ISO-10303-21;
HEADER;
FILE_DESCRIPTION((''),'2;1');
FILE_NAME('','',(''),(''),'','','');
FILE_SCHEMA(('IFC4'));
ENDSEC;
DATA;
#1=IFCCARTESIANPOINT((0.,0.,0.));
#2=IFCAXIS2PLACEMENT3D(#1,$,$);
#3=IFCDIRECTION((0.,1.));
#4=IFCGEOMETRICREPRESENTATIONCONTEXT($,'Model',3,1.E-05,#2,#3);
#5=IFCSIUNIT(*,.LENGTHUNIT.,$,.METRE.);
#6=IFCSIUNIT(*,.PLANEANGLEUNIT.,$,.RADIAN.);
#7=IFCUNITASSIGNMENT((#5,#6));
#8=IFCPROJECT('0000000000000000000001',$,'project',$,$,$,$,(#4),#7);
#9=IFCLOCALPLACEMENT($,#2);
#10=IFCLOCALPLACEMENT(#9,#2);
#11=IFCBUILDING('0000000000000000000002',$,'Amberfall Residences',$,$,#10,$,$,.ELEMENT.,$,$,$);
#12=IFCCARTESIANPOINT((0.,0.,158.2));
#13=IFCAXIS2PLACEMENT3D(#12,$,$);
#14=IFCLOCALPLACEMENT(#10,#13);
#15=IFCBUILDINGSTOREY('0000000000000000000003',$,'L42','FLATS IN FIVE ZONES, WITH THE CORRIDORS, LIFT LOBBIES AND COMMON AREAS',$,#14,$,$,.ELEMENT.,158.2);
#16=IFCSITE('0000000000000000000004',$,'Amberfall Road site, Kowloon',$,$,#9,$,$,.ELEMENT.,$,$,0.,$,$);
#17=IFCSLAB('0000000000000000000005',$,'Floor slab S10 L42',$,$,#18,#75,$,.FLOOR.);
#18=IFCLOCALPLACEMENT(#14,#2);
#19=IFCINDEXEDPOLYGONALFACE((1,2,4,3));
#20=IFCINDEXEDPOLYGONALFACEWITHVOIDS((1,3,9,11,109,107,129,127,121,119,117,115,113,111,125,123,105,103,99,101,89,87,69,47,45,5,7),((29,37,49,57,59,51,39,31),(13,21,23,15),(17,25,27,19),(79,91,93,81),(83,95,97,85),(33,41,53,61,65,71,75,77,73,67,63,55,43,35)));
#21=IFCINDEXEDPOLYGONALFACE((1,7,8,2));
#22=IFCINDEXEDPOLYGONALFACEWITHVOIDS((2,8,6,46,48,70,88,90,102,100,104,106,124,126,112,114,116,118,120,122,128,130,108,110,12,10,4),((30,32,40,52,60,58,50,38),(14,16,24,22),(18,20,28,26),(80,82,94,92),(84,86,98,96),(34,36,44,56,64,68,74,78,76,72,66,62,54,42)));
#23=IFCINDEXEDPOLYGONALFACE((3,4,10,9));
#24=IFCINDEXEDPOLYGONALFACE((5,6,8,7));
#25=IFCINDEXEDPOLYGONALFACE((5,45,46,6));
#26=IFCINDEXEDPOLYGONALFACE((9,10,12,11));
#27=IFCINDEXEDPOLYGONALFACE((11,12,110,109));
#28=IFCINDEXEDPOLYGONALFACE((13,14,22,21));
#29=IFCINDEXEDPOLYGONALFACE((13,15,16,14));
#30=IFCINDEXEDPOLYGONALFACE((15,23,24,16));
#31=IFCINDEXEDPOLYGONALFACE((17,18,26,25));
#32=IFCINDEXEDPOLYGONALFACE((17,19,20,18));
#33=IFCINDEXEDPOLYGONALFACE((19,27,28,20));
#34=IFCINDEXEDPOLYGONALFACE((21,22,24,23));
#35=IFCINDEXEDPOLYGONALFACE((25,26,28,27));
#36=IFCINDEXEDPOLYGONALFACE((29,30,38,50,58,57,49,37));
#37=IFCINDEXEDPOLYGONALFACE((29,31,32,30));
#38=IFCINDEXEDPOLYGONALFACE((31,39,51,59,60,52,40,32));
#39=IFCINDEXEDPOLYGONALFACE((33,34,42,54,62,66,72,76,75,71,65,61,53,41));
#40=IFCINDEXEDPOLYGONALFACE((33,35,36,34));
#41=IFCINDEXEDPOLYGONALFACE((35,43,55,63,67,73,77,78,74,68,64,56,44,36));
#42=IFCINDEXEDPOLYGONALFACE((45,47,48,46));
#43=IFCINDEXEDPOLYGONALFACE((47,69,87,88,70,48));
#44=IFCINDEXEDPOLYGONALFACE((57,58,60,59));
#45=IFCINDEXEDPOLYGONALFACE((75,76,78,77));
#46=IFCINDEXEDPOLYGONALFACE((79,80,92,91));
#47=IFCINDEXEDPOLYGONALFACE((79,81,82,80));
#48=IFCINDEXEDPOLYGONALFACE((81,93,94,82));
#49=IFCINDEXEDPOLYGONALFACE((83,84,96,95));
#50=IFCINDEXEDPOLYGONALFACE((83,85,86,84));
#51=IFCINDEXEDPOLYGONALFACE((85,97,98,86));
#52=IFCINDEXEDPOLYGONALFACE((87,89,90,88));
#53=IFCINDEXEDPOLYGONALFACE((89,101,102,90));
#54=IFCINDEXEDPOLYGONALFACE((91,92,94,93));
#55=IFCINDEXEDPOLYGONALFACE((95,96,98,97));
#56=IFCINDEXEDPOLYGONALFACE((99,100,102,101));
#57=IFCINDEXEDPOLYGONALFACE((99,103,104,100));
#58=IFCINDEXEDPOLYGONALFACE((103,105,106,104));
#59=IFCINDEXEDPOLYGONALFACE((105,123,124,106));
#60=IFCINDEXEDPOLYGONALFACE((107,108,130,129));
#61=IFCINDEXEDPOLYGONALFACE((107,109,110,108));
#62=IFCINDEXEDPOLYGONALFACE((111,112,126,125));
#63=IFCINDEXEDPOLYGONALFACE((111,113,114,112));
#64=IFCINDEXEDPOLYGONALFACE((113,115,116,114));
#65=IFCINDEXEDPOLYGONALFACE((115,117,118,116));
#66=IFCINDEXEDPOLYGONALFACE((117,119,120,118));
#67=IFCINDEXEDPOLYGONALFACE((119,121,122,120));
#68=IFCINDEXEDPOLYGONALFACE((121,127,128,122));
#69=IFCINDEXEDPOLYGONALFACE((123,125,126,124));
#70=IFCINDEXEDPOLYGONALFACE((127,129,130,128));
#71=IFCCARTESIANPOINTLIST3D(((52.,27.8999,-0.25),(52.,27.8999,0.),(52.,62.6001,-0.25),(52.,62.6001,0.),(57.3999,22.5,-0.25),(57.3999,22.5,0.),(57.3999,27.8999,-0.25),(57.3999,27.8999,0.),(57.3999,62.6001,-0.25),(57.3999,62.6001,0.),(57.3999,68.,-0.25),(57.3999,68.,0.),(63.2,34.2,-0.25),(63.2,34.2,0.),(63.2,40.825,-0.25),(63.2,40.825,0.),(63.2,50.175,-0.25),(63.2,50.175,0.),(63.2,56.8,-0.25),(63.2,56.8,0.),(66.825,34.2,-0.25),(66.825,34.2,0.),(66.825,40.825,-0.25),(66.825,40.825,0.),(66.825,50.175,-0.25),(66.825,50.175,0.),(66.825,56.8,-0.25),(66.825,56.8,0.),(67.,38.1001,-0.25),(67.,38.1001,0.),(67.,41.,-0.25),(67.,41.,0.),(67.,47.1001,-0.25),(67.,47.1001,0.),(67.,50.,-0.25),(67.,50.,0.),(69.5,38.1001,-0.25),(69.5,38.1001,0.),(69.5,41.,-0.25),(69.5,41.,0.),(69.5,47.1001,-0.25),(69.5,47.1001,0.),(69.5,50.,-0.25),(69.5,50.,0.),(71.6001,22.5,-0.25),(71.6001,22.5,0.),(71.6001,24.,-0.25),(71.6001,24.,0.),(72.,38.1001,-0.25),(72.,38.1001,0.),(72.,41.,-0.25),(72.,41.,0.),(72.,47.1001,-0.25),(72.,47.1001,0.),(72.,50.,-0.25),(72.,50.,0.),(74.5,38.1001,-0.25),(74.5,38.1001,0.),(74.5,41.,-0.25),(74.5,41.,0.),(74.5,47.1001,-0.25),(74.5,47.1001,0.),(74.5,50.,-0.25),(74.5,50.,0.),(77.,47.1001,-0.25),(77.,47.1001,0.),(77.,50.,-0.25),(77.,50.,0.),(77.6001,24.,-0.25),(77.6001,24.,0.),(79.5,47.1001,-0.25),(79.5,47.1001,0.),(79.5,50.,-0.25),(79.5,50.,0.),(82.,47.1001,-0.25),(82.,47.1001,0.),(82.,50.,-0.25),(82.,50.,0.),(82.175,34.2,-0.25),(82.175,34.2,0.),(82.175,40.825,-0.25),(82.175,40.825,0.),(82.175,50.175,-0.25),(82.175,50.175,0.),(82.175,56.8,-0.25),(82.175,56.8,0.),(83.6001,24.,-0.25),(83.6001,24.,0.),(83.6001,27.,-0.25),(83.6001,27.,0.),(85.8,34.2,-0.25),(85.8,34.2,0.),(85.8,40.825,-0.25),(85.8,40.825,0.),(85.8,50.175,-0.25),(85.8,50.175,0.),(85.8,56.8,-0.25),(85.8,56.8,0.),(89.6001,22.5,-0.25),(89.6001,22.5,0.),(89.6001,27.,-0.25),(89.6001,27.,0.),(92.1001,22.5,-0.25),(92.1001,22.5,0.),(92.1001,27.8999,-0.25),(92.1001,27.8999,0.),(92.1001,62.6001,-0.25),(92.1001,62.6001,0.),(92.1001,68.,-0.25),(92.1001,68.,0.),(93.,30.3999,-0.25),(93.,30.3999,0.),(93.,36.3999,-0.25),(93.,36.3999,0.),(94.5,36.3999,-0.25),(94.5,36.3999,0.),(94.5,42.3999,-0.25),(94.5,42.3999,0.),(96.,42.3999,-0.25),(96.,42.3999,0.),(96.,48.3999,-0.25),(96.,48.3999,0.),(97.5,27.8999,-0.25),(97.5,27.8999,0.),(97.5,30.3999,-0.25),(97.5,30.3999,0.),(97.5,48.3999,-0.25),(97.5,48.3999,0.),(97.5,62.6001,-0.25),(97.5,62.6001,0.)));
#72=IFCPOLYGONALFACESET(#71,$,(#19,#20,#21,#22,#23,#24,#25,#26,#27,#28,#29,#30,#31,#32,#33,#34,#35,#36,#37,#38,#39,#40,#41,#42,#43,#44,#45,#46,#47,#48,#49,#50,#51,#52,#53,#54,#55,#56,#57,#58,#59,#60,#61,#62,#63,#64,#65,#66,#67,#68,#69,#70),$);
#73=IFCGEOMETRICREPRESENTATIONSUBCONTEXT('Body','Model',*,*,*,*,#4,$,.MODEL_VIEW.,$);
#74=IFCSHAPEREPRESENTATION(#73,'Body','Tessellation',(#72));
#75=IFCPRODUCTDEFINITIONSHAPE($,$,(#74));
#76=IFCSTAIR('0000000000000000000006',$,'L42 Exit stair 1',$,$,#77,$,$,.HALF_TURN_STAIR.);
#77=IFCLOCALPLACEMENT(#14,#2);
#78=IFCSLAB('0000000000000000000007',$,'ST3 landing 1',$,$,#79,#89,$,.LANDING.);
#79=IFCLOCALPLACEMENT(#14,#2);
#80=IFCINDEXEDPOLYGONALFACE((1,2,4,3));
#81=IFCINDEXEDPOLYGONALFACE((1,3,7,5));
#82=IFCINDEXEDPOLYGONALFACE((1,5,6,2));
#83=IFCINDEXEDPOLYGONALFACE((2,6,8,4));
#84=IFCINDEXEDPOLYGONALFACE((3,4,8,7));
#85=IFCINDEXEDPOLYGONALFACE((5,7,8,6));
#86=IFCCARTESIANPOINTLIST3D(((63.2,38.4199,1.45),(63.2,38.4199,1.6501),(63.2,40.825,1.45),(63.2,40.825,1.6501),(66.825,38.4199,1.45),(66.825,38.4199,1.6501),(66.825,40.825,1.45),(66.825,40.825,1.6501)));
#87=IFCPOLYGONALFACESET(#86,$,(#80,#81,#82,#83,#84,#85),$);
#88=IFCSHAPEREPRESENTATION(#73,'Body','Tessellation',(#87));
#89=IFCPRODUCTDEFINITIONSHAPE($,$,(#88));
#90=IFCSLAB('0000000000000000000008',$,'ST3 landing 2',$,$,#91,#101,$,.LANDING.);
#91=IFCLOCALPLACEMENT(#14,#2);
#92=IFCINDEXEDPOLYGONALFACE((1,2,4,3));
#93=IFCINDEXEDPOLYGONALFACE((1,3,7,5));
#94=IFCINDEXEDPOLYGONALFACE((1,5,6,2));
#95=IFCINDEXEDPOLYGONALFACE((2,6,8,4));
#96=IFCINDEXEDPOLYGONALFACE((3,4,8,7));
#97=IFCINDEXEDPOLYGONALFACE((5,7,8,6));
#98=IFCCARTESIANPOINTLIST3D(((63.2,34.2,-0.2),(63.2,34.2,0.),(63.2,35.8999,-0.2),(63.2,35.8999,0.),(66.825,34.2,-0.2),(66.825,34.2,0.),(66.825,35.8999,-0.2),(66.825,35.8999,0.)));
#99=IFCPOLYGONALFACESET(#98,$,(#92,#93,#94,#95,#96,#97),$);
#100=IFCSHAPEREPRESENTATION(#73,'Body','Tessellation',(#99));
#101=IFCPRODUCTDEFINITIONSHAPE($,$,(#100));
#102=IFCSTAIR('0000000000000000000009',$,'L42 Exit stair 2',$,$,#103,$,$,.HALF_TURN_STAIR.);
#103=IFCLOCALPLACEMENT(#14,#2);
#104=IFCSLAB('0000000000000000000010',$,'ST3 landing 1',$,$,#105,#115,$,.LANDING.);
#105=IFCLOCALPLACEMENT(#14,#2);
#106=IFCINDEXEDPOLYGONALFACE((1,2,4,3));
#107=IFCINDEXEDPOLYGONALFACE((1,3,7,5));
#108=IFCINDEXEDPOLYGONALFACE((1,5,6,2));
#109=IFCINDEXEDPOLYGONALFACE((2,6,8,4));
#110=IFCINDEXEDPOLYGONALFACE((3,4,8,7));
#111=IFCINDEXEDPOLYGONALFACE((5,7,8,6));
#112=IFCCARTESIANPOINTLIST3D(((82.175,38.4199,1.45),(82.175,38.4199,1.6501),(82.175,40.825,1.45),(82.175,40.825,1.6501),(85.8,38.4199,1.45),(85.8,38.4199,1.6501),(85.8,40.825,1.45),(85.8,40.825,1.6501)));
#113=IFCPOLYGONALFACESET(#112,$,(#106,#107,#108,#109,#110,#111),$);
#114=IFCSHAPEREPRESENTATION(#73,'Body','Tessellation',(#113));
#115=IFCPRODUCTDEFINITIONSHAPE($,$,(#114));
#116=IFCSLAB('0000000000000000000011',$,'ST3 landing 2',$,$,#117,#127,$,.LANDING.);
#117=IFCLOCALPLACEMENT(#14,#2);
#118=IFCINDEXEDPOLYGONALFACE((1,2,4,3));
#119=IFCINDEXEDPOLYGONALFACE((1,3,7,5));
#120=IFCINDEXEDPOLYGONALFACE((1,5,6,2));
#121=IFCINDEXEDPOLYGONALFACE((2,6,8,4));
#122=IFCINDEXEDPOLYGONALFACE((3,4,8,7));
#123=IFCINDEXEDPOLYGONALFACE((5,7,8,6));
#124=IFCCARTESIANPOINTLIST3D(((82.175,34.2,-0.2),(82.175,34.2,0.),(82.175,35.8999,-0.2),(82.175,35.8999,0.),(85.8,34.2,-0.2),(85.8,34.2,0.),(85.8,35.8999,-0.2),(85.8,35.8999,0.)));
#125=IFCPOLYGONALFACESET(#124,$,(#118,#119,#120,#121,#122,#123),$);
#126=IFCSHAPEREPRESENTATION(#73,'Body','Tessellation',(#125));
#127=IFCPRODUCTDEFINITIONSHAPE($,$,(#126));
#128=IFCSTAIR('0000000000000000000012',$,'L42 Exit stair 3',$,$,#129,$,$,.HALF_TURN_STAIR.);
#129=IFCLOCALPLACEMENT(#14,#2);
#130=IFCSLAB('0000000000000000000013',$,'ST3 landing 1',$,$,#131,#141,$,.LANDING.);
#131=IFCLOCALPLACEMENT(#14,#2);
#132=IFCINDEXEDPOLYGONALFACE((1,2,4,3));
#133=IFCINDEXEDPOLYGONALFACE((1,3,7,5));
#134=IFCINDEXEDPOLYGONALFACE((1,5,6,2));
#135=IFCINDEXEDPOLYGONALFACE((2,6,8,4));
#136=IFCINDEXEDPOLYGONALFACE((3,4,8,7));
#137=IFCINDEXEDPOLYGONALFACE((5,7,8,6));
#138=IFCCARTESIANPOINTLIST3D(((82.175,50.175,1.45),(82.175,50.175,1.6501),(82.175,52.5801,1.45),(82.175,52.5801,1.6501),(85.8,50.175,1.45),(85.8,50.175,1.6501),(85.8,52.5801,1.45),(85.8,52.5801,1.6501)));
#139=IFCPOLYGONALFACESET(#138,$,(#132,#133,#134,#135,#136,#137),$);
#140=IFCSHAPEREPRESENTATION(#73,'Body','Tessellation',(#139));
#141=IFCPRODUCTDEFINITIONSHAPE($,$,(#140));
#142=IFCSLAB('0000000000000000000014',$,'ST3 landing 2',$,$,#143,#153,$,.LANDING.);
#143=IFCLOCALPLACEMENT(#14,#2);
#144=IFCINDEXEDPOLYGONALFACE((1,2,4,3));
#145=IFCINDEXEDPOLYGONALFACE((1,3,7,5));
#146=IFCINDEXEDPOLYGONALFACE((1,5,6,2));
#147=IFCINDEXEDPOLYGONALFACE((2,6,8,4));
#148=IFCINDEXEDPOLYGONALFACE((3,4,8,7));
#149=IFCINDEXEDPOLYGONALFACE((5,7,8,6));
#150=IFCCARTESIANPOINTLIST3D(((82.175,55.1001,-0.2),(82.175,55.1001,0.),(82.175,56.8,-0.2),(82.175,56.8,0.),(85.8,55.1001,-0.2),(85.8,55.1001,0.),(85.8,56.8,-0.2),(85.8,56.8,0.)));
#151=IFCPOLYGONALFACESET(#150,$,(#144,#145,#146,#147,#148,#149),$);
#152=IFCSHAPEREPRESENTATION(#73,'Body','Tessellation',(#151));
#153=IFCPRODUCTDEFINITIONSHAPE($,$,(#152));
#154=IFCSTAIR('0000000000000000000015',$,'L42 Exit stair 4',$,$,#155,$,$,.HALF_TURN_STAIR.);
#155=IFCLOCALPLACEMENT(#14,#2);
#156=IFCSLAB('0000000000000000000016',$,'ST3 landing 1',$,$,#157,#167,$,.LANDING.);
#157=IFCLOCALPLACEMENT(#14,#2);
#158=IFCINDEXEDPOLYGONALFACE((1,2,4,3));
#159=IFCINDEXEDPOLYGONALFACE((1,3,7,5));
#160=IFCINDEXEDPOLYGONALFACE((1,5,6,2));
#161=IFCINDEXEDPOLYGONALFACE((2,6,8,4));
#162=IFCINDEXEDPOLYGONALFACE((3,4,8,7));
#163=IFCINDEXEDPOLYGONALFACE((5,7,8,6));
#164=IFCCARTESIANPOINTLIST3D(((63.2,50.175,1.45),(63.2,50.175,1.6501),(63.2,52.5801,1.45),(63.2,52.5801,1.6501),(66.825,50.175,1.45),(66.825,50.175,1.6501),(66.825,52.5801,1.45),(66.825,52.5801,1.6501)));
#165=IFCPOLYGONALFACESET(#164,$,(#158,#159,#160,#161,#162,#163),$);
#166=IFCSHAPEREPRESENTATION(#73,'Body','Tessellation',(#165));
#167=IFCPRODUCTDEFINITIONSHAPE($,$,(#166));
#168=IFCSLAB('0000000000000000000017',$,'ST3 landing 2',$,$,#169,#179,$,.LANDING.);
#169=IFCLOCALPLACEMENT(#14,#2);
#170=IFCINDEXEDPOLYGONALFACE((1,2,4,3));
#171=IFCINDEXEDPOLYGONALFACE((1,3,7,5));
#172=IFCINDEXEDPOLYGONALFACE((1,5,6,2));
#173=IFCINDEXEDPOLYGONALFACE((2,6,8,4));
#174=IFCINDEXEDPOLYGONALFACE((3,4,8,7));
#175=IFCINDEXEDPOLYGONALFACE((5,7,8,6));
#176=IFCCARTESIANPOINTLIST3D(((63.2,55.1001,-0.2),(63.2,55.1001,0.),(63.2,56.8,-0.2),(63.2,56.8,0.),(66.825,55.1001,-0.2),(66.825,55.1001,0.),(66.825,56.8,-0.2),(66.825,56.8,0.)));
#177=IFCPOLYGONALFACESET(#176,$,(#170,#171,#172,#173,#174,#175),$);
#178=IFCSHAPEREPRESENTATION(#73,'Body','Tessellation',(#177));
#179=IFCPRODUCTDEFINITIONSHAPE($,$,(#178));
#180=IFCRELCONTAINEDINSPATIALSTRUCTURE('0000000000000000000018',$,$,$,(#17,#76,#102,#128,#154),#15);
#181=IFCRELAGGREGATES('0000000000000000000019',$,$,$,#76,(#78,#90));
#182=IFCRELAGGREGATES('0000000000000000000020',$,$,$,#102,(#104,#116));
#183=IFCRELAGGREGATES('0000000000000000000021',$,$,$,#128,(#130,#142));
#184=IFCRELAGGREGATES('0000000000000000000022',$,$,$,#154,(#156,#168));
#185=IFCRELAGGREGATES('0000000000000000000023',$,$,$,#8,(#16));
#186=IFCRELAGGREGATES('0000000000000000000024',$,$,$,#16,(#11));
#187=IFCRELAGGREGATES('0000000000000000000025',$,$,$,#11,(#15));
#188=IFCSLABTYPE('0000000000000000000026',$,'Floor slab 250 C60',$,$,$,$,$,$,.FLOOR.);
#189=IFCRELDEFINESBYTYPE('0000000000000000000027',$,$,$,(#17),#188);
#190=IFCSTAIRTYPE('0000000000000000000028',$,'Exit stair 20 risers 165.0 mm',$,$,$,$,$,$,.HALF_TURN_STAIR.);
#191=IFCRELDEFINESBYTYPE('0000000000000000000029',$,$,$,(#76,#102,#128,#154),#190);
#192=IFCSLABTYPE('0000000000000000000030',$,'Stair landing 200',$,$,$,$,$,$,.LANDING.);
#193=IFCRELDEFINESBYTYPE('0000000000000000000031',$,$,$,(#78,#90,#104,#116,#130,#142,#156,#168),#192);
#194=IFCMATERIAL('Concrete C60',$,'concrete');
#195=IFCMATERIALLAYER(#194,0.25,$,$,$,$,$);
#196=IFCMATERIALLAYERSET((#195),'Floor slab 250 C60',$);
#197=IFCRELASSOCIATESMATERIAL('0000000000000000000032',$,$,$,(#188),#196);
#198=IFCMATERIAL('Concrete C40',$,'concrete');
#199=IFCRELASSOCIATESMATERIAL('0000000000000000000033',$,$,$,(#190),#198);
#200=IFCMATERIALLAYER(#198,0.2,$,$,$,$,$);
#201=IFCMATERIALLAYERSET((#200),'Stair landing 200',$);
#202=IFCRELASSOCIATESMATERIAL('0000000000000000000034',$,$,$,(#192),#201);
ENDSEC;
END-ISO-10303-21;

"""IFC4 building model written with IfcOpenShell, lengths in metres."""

from ifc_helpers import new_model, si_unit, direction, frame, origin, place, context, subcontext, project, spatial, polyline, outline, extrude, material, layer, layer_set, type_object, element, aggregate, save


model = new_model("IFC4")

# Units and contexts
model_context = context("Model", 3, precision=1e-05, world=origin(), true_north=direction((0.0, 1.0)))
body_context = subcontext(model_context, "Body", "Model", "MODEL_VIEW")
ifc_project = project(units=[si_unit("LENGTHUNIT", "METRE"), si_unit("PLANEANGLEUNIT", "RADIAN")], contexts=[model_context])

# Site, building, storey
site_placement = place(None, origin())
site = spatial("IfcSite", under=ifc_project, at=site_placement, Name="Amberfall Road site, Kowloon", CompositionType="ELEMENT", RefElevation=0.0)
building_placement = place(site_placement, origin())
building = spatial("IfcBuilding", under=site, at=building_placement, Name="Amberfall Residences", CompositionType="ELEMENT")
storey_placement = place(building_placement, frame((0.0, 0.0, 158.2)))
storey = spatial("IfcBuildingStorey", under=building, at=storey_placement, Name="L42", Description="FLATS IN FIVE ZONES, WITH THE CORRIDORS, LIFT LOBBIES AND COMMON AREAS", CompositionType="ELEMENT", Elevation=158.2)

# Shared definitions
ifc_material_1 = material(Name="Concrete C60", Category="concrete")

# Slab
ifc_layer_1 = layer(ifc_material_1, 0.25)
ifc_layer_set_1 = layer_set([ifc_layer_1], Name="Floor slab 250 C60")
slab_type_1 = type_object("IfcSlabType", Name="Floor slab 250 C60", PredefinedType="FLOOR", material=ifc_layer_set_1)
slab_1_placement = place(storey_placement, frame((0.0, 0.0, -0.25)))
element("IfcSlab", 1, at=slab_1_placement, inside=storey, type_object=slab_type_1, Name="Floor slab S10 L42", PredefinedType="FLOOR", context=body_context, shape_type="SweptSolid", body=[
    extrude(outline(polyline([(89.6001, 22.5), (89.6001, 27.0), (83.6001, 27.0), (83.6001, 24.0), (77.6001, 24.0), (71.6001, 24.0), (71.6001, 22.5), (57.3999, 22.5), (57.3999, 27.8999), (52.0, 27.8999), (52.0, 62.6001), (57.3999, 62.6001), (57.3999, 68.0), (92.1001, 68.0), (92.1001, 62.6001), (97.5, 62.6001), (97.5, 48.3999), (96.0, 48.3999), (96.0, 42.3999), (94.5, 42.3999), (94.5, 36.3999), (93.0, 36.3999), (93.0, 30.3999), (97.5, 30.3999), (97.5, 27.8999), (92.1001, 27.8999), (92.1001, 22.5), (89.6001, 22.5)]), holes=[polyline([(85.8, 34.2), (85.8, 40.825), (82.175, 40.825), (82.175, 34.2), (85.8, 34.2)]), polyline([(85.8, 50.175), (85.8, 56.8), (82.175, 56.8), (82.175, 50.175), (85.8, 50.175)]), polyline([(67.0, 50.0), (67.0, 47.1001), (69.5, 47.1001), (72.0, 47.1001), (74.5, 47.1001), (77.0, 47.1001), (79.5, 47.1001), (82.0, 47.1001), (82.0, 50.0), (79.5, 50.0), (77.0, 50.0), (74.5, 50.0), (72.0, 50.0), (69.5, 50.0), (67.0, 50.0)]), polyline([(69.5, 41.0), (67.0, 41.0), (67.0, 38.1001), (69.5, 38.1001), (72.0, 38.1001), (74.5, 38.1001), (74.5, 41.0), (72.0, 41.0), (69.5, 41.0)]), polyline([(66.825, 40.825), (63.2, 40.825), (63.2, 34.2), (66.825, 34.2), (66.825, 40.825)]), polyline([(66.825, 56.8), (63.2, 56.8), (63.2, 50.175), (66.825, 50.175), (66.825, 56.8)])]), origin(), (0.0, 0.0, 1.0), 0.25),
])

# Stairs, slabs
ifc_material_2 = material(Name="Concrete C40", Category="concrete")
stair_type = type_object("IfcStairType", Name="Exit stair 20 risers 165.0 mm", PredefinedType="HALF_TURN_STAIR", material=ifc_material_2)
stair_1_placement = place(storey_placement, origin())
stair_1 = element("IfcStair", 2, at=stair_1_placement, inside=storey, type_object=stair_type, Name="L42 Exit stair 1", PredefinedType="HALF_TURN_STAIR")
ifc_layer_2 = layer(ifc_material_2, 0.2)
ifc_layer_set_2 = layer_set([ifc_layer_2], Name="Stair landing 200")
slab_type_2 = type_object("IfcSlabType", Name="Stair landing 200", PredefinedType="LANDING", material=ifc_layer_set_2)
slab_2_placement = place(storey_placement, frame((0.0, 0.0, 1.45)))
slab_2 = element("IfcSlab", 3, at=slab_2_placement, type_object=slab_type_2, Name="ST3 landing 1", PredefinedType="LANDING", context=body_context, shape_type="SweptSolid", body=[
    extrude(outline(polyline([(66.825, 38.4199), (66.825, 40.825), (63.2, 40.825), (63.2, 38.4199), (66.825, 38.4199)])), origin(), (0.0, 0.0, 1.0), 0.2002),
])
slab_3_placement = place(storey_placement, frame((0.0, 0.0, -0.2)))
slab_3 = element("IfcSlab", 4, at=slab_3_placement, type_object=slab_type_2, Name="ST3 landing 2", PredefinedType="LANDING", context=body_context, shape_type="SweptSolid", body=[
    extrude(outline(polyline([(66.825, 34.2), (66.825, 35.8999), (63.2, 35.8999), (63.2, 34.2), (66.825, 34.2)])), origin(), (0.0, 0.0, 1.0), 0.2),
])
aggregate(stair_1, [slab_2, slab_3])
stair_2_placement = place(storey_placement, origin())
stair_2 = element("IfcStair", 5, at=stair_2_placement, inside=storey, type_object=stair_type, Name="L42 Exit stair 2", PredefinedType="HALF_TURN_STAIR")
slab_4_placement = place(storey_placement, frame((0.0, 0.0, 1.45)))
slab_4 = element("IfcSlab", 6, at=slab_4_placement, type_object=slab_type_2, Name="ST3 landing 1", PredefinedType="LANDING", context=body_context, shape_type="SweptSolid", body=[
    extrude(outline(polyline([(85.8, 38.4199), (85.8, 40.825), (82.175, 40.825), (82.175, 38.4199), (85.8, 38.4199)])), origin(), (0.0, 0.0, 1.0), 0.2002),
])
slab_5_placement = place(storey_placement, frame((0.0, 0.0, -0.2)))
slab_5 = element("IfcSlab", 7, at=slab_5_placement, type_object=slab_type_2, Name="ST3 landing 2", PredefinedType="LANDING", context=body_context, shape_type="SweptSolid", body=[
    extrude(outline(polyline([(85.8, 34.2), (85.8, 35.8999), (82.175, 35.8999), (82.175, 34.2), (85.8, 34.2)])), origin(), (0.0, 0.0, 1.0), 0.2),
])
aggregate(stair_2, [slab_4, slab_5])
stair_3_placement = place(storey_placement, origin())
stair_3 = element("IfcStair", 8, at=stair_3_placement, inside=storey, type_object=stair_type, Name="L42 Exit stair 3", PredefinedType="HALF_TURN_STAIR")
slab_6_placement = place(storey_placement, frame((0.0, 0.0, 1.45)))
slab_6 = element("IfcSlab", 9, at=slab_6_placement, type_object=slab_type_2, Name="ST3 landing 1", PredefinedType="LANDING", context=body_context, shape_type="SweptSolid", body=[
    extrude(outline(polyline([(82.175, 52.5801), (82.175, 50.175), (85.8, 50.175), (85.8, 52.5801), (82.175, 52.5801)])), origin(), (0.0, 0.0, 1.0), 0.2002),
])
slab_7_placement = place(storey_placement, frame((0.0, 0.0, -0.2)))
slab_7 = element("IfcSlab", 10, at=slab_7_placement, type_object=slab_type_2, Name="ST3 landing 2", PredefinedType="LANDING", context=body_context, shape_type="SweptSolid", body=[
    extrude(outline(polyline([(82.175, 56.8), (82.175, 55.1001), (85.8, 55.1001), (85.8, 56.8), (82.175, 56.8)])), origin(), (0.0, 0.0, 1.0), 0.2),
])
aggregate(stair_3, [slab_6, slab_7])
stair_4_placement = place(storey_placement, origin())
stair_4 = element("IfcStair", 11, at=stair_4_placement, inside=storey, type_object=stair_type, Name="L42 Exit stair 4", PredefinedType="HALF_TURN_STAIR")
slab_8_placement = place(storey_placement, frame((0.0, 0.0, 1.45)))
slab_8 = element("IfcSlab", 12, at=slab_8_placement, type_object=slab_type_2, Name="ST3 landing 1", PredefinedType="LANDING", context=body_context, shape_type="SweptSolid", body=[
    extrude(outline(polyline([(63.2, 52.5801), (63.2, 50.175), (66.825, 50.175), (66.825, 52.5801), (63.2, 52.5801)])), origin(), (0.0, 0.0, 1.0), 0.2002),
])
slab_9_placement = place(storey_placement, frame((0.0, 0.0, -0.2)))
slab_9 = element("IfcSlab", 13, at=slab_9_placement, type_object=slab_type_2, Name="ST3 landing 2", PredefinedType="LANDING", context=body_context, shape_type="SweptSolid", body=[
    extrude(outline(polyline([(63.2, 56.8), (63.2, 55.1001), (66.825, 55.1001), (66.825, 56.8), (63.2, 56.8)])), origin(), (0.0, 0.0, 1.0), 0.2),
])
aggregate(stair_4, [slab_8, slab_9])

save(model, "model.ifc")
